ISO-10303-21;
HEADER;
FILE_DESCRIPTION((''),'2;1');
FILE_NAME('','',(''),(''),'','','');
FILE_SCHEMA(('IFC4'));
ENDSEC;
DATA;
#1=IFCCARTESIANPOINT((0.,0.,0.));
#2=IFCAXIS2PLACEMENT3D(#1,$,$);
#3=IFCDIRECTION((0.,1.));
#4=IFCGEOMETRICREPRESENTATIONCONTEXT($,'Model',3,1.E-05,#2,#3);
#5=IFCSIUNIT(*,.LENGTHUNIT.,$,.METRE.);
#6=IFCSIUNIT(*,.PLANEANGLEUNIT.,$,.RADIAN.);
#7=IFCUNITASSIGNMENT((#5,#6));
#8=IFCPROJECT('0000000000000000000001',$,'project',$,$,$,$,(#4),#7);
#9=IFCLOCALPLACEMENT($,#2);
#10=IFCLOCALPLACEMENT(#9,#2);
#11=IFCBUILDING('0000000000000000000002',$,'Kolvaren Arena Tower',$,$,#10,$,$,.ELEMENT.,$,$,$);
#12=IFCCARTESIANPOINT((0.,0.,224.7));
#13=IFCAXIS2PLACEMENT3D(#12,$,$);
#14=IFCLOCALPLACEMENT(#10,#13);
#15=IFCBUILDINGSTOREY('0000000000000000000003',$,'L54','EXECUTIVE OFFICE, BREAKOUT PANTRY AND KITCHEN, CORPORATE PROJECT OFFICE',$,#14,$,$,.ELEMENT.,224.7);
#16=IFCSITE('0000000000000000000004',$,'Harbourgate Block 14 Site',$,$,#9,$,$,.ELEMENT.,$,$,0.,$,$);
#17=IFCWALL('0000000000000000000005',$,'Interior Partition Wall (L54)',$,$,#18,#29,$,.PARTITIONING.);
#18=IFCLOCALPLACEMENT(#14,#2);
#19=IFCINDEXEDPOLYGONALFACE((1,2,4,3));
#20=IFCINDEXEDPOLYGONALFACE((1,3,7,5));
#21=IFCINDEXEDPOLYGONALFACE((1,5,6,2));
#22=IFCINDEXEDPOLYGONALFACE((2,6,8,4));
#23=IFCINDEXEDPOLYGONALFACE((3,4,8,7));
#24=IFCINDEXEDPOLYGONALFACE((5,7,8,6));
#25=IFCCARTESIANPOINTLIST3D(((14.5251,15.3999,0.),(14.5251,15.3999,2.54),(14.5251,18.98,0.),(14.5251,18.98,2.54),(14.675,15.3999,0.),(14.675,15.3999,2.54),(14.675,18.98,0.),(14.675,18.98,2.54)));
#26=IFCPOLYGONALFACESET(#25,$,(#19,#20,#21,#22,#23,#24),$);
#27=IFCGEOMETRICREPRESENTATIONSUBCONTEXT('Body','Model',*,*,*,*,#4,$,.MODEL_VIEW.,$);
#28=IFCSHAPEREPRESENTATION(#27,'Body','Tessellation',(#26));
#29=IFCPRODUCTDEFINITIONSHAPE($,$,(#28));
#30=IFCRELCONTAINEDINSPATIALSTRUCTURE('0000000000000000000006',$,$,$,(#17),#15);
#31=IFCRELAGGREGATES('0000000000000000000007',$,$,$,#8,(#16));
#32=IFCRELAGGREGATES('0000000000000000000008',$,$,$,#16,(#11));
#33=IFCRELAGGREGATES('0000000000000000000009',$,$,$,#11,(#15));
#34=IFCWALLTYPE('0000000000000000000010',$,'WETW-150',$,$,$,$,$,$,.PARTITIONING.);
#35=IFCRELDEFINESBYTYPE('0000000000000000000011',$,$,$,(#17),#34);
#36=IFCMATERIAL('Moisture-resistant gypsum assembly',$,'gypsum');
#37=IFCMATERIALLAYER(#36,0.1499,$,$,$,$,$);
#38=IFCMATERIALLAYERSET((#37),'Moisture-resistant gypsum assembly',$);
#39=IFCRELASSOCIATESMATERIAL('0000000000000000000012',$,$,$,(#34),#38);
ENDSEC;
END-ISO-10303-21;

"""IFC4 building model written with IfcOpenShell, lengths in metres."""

from ifc_helpers import new_model, si_unit, direction, frame, frame_2d, origin, place, context, subcontext, project, spatial, rectangle, extrude, material, layer, layer_set, type_object, element, save


model = new_model("IFC4")

# Units and contexts
model_context = context("Model", 3, precision=1e-05, world=origin(), true_north=direction((0.0, 1.0)))
body_context = subcontext(model_context, "Body", "Model", "MODEL_VIEW")
ifc_project = project(units=[si_unit("LENGTHUNIT", "METRE"), si_unit("PLANEANGLEUNIT", "RADIAN")], contexts=[model_context])

# Site, building, storey
site_placement = place(None, origin())
site = spatial("IfcSite", under=ifc_project, at=site_placement, Name="Harbourgate Block 14 Site", CompositionType="ELEMENT", RefElevation=0.0)
building_placement = place(site_placement, origin())
building = spatial("IfcBuilding", under=site, at=building_placement, Name="Kolvaren Arena Tower", CompositionType="ELEMENT")
storey_placement = place(building_placement, frame((0.0, 0.0, 224.7)))
storey = spatial("IfcBuildingStorey", under=building, at=storey_placement, Name="L54", Description="EXECUTIVE OFFICE, BREAKOUT PANTRY AND KITCHEN, CORPORATE PROJECT OFFICE", CompositionType="ELEMENT", Elevation=224.7)

# Shared definitions
ifc_material_1 = material(Name="Moisture-resistant gypsum assembly", Category="gypsum")
ifc_layer_1 = layer(ifc_material_1, 0.1499)
ifc_layer_set_1 = layer_set([ifc_layer_1], Name="Moisture-resistant gypsum assembly")
wall_type_1 = type_object("IfcWallType", Name="WETW-150", PredefinedType="PARTITIONING", material=ifc_layer_set_1)

# Wall
wall_1_placement = place(storey_placement, frame((14.6001, 15.3999, 0.0), z_axis=(0.0, 0.0, 1.0), x_axis=(0.0, 1.0, 0.0)))
element("IfcWall", 1, at=wall_1_placement, inside=storey, type_object=wall_type_1, Name="Interior Partition Wall (L54)", PredefinedType="PARTITIONING", context=body_context, shape_type="SweptSolid", body=[
    extrude(rectangle(XDim=3.5801, YDim=0.1499, at=frame_2d((1.79, 0.0))), origin(), (0.0, 0.0, 1.0), 2.54),
])

save(model, "model.ifc")
